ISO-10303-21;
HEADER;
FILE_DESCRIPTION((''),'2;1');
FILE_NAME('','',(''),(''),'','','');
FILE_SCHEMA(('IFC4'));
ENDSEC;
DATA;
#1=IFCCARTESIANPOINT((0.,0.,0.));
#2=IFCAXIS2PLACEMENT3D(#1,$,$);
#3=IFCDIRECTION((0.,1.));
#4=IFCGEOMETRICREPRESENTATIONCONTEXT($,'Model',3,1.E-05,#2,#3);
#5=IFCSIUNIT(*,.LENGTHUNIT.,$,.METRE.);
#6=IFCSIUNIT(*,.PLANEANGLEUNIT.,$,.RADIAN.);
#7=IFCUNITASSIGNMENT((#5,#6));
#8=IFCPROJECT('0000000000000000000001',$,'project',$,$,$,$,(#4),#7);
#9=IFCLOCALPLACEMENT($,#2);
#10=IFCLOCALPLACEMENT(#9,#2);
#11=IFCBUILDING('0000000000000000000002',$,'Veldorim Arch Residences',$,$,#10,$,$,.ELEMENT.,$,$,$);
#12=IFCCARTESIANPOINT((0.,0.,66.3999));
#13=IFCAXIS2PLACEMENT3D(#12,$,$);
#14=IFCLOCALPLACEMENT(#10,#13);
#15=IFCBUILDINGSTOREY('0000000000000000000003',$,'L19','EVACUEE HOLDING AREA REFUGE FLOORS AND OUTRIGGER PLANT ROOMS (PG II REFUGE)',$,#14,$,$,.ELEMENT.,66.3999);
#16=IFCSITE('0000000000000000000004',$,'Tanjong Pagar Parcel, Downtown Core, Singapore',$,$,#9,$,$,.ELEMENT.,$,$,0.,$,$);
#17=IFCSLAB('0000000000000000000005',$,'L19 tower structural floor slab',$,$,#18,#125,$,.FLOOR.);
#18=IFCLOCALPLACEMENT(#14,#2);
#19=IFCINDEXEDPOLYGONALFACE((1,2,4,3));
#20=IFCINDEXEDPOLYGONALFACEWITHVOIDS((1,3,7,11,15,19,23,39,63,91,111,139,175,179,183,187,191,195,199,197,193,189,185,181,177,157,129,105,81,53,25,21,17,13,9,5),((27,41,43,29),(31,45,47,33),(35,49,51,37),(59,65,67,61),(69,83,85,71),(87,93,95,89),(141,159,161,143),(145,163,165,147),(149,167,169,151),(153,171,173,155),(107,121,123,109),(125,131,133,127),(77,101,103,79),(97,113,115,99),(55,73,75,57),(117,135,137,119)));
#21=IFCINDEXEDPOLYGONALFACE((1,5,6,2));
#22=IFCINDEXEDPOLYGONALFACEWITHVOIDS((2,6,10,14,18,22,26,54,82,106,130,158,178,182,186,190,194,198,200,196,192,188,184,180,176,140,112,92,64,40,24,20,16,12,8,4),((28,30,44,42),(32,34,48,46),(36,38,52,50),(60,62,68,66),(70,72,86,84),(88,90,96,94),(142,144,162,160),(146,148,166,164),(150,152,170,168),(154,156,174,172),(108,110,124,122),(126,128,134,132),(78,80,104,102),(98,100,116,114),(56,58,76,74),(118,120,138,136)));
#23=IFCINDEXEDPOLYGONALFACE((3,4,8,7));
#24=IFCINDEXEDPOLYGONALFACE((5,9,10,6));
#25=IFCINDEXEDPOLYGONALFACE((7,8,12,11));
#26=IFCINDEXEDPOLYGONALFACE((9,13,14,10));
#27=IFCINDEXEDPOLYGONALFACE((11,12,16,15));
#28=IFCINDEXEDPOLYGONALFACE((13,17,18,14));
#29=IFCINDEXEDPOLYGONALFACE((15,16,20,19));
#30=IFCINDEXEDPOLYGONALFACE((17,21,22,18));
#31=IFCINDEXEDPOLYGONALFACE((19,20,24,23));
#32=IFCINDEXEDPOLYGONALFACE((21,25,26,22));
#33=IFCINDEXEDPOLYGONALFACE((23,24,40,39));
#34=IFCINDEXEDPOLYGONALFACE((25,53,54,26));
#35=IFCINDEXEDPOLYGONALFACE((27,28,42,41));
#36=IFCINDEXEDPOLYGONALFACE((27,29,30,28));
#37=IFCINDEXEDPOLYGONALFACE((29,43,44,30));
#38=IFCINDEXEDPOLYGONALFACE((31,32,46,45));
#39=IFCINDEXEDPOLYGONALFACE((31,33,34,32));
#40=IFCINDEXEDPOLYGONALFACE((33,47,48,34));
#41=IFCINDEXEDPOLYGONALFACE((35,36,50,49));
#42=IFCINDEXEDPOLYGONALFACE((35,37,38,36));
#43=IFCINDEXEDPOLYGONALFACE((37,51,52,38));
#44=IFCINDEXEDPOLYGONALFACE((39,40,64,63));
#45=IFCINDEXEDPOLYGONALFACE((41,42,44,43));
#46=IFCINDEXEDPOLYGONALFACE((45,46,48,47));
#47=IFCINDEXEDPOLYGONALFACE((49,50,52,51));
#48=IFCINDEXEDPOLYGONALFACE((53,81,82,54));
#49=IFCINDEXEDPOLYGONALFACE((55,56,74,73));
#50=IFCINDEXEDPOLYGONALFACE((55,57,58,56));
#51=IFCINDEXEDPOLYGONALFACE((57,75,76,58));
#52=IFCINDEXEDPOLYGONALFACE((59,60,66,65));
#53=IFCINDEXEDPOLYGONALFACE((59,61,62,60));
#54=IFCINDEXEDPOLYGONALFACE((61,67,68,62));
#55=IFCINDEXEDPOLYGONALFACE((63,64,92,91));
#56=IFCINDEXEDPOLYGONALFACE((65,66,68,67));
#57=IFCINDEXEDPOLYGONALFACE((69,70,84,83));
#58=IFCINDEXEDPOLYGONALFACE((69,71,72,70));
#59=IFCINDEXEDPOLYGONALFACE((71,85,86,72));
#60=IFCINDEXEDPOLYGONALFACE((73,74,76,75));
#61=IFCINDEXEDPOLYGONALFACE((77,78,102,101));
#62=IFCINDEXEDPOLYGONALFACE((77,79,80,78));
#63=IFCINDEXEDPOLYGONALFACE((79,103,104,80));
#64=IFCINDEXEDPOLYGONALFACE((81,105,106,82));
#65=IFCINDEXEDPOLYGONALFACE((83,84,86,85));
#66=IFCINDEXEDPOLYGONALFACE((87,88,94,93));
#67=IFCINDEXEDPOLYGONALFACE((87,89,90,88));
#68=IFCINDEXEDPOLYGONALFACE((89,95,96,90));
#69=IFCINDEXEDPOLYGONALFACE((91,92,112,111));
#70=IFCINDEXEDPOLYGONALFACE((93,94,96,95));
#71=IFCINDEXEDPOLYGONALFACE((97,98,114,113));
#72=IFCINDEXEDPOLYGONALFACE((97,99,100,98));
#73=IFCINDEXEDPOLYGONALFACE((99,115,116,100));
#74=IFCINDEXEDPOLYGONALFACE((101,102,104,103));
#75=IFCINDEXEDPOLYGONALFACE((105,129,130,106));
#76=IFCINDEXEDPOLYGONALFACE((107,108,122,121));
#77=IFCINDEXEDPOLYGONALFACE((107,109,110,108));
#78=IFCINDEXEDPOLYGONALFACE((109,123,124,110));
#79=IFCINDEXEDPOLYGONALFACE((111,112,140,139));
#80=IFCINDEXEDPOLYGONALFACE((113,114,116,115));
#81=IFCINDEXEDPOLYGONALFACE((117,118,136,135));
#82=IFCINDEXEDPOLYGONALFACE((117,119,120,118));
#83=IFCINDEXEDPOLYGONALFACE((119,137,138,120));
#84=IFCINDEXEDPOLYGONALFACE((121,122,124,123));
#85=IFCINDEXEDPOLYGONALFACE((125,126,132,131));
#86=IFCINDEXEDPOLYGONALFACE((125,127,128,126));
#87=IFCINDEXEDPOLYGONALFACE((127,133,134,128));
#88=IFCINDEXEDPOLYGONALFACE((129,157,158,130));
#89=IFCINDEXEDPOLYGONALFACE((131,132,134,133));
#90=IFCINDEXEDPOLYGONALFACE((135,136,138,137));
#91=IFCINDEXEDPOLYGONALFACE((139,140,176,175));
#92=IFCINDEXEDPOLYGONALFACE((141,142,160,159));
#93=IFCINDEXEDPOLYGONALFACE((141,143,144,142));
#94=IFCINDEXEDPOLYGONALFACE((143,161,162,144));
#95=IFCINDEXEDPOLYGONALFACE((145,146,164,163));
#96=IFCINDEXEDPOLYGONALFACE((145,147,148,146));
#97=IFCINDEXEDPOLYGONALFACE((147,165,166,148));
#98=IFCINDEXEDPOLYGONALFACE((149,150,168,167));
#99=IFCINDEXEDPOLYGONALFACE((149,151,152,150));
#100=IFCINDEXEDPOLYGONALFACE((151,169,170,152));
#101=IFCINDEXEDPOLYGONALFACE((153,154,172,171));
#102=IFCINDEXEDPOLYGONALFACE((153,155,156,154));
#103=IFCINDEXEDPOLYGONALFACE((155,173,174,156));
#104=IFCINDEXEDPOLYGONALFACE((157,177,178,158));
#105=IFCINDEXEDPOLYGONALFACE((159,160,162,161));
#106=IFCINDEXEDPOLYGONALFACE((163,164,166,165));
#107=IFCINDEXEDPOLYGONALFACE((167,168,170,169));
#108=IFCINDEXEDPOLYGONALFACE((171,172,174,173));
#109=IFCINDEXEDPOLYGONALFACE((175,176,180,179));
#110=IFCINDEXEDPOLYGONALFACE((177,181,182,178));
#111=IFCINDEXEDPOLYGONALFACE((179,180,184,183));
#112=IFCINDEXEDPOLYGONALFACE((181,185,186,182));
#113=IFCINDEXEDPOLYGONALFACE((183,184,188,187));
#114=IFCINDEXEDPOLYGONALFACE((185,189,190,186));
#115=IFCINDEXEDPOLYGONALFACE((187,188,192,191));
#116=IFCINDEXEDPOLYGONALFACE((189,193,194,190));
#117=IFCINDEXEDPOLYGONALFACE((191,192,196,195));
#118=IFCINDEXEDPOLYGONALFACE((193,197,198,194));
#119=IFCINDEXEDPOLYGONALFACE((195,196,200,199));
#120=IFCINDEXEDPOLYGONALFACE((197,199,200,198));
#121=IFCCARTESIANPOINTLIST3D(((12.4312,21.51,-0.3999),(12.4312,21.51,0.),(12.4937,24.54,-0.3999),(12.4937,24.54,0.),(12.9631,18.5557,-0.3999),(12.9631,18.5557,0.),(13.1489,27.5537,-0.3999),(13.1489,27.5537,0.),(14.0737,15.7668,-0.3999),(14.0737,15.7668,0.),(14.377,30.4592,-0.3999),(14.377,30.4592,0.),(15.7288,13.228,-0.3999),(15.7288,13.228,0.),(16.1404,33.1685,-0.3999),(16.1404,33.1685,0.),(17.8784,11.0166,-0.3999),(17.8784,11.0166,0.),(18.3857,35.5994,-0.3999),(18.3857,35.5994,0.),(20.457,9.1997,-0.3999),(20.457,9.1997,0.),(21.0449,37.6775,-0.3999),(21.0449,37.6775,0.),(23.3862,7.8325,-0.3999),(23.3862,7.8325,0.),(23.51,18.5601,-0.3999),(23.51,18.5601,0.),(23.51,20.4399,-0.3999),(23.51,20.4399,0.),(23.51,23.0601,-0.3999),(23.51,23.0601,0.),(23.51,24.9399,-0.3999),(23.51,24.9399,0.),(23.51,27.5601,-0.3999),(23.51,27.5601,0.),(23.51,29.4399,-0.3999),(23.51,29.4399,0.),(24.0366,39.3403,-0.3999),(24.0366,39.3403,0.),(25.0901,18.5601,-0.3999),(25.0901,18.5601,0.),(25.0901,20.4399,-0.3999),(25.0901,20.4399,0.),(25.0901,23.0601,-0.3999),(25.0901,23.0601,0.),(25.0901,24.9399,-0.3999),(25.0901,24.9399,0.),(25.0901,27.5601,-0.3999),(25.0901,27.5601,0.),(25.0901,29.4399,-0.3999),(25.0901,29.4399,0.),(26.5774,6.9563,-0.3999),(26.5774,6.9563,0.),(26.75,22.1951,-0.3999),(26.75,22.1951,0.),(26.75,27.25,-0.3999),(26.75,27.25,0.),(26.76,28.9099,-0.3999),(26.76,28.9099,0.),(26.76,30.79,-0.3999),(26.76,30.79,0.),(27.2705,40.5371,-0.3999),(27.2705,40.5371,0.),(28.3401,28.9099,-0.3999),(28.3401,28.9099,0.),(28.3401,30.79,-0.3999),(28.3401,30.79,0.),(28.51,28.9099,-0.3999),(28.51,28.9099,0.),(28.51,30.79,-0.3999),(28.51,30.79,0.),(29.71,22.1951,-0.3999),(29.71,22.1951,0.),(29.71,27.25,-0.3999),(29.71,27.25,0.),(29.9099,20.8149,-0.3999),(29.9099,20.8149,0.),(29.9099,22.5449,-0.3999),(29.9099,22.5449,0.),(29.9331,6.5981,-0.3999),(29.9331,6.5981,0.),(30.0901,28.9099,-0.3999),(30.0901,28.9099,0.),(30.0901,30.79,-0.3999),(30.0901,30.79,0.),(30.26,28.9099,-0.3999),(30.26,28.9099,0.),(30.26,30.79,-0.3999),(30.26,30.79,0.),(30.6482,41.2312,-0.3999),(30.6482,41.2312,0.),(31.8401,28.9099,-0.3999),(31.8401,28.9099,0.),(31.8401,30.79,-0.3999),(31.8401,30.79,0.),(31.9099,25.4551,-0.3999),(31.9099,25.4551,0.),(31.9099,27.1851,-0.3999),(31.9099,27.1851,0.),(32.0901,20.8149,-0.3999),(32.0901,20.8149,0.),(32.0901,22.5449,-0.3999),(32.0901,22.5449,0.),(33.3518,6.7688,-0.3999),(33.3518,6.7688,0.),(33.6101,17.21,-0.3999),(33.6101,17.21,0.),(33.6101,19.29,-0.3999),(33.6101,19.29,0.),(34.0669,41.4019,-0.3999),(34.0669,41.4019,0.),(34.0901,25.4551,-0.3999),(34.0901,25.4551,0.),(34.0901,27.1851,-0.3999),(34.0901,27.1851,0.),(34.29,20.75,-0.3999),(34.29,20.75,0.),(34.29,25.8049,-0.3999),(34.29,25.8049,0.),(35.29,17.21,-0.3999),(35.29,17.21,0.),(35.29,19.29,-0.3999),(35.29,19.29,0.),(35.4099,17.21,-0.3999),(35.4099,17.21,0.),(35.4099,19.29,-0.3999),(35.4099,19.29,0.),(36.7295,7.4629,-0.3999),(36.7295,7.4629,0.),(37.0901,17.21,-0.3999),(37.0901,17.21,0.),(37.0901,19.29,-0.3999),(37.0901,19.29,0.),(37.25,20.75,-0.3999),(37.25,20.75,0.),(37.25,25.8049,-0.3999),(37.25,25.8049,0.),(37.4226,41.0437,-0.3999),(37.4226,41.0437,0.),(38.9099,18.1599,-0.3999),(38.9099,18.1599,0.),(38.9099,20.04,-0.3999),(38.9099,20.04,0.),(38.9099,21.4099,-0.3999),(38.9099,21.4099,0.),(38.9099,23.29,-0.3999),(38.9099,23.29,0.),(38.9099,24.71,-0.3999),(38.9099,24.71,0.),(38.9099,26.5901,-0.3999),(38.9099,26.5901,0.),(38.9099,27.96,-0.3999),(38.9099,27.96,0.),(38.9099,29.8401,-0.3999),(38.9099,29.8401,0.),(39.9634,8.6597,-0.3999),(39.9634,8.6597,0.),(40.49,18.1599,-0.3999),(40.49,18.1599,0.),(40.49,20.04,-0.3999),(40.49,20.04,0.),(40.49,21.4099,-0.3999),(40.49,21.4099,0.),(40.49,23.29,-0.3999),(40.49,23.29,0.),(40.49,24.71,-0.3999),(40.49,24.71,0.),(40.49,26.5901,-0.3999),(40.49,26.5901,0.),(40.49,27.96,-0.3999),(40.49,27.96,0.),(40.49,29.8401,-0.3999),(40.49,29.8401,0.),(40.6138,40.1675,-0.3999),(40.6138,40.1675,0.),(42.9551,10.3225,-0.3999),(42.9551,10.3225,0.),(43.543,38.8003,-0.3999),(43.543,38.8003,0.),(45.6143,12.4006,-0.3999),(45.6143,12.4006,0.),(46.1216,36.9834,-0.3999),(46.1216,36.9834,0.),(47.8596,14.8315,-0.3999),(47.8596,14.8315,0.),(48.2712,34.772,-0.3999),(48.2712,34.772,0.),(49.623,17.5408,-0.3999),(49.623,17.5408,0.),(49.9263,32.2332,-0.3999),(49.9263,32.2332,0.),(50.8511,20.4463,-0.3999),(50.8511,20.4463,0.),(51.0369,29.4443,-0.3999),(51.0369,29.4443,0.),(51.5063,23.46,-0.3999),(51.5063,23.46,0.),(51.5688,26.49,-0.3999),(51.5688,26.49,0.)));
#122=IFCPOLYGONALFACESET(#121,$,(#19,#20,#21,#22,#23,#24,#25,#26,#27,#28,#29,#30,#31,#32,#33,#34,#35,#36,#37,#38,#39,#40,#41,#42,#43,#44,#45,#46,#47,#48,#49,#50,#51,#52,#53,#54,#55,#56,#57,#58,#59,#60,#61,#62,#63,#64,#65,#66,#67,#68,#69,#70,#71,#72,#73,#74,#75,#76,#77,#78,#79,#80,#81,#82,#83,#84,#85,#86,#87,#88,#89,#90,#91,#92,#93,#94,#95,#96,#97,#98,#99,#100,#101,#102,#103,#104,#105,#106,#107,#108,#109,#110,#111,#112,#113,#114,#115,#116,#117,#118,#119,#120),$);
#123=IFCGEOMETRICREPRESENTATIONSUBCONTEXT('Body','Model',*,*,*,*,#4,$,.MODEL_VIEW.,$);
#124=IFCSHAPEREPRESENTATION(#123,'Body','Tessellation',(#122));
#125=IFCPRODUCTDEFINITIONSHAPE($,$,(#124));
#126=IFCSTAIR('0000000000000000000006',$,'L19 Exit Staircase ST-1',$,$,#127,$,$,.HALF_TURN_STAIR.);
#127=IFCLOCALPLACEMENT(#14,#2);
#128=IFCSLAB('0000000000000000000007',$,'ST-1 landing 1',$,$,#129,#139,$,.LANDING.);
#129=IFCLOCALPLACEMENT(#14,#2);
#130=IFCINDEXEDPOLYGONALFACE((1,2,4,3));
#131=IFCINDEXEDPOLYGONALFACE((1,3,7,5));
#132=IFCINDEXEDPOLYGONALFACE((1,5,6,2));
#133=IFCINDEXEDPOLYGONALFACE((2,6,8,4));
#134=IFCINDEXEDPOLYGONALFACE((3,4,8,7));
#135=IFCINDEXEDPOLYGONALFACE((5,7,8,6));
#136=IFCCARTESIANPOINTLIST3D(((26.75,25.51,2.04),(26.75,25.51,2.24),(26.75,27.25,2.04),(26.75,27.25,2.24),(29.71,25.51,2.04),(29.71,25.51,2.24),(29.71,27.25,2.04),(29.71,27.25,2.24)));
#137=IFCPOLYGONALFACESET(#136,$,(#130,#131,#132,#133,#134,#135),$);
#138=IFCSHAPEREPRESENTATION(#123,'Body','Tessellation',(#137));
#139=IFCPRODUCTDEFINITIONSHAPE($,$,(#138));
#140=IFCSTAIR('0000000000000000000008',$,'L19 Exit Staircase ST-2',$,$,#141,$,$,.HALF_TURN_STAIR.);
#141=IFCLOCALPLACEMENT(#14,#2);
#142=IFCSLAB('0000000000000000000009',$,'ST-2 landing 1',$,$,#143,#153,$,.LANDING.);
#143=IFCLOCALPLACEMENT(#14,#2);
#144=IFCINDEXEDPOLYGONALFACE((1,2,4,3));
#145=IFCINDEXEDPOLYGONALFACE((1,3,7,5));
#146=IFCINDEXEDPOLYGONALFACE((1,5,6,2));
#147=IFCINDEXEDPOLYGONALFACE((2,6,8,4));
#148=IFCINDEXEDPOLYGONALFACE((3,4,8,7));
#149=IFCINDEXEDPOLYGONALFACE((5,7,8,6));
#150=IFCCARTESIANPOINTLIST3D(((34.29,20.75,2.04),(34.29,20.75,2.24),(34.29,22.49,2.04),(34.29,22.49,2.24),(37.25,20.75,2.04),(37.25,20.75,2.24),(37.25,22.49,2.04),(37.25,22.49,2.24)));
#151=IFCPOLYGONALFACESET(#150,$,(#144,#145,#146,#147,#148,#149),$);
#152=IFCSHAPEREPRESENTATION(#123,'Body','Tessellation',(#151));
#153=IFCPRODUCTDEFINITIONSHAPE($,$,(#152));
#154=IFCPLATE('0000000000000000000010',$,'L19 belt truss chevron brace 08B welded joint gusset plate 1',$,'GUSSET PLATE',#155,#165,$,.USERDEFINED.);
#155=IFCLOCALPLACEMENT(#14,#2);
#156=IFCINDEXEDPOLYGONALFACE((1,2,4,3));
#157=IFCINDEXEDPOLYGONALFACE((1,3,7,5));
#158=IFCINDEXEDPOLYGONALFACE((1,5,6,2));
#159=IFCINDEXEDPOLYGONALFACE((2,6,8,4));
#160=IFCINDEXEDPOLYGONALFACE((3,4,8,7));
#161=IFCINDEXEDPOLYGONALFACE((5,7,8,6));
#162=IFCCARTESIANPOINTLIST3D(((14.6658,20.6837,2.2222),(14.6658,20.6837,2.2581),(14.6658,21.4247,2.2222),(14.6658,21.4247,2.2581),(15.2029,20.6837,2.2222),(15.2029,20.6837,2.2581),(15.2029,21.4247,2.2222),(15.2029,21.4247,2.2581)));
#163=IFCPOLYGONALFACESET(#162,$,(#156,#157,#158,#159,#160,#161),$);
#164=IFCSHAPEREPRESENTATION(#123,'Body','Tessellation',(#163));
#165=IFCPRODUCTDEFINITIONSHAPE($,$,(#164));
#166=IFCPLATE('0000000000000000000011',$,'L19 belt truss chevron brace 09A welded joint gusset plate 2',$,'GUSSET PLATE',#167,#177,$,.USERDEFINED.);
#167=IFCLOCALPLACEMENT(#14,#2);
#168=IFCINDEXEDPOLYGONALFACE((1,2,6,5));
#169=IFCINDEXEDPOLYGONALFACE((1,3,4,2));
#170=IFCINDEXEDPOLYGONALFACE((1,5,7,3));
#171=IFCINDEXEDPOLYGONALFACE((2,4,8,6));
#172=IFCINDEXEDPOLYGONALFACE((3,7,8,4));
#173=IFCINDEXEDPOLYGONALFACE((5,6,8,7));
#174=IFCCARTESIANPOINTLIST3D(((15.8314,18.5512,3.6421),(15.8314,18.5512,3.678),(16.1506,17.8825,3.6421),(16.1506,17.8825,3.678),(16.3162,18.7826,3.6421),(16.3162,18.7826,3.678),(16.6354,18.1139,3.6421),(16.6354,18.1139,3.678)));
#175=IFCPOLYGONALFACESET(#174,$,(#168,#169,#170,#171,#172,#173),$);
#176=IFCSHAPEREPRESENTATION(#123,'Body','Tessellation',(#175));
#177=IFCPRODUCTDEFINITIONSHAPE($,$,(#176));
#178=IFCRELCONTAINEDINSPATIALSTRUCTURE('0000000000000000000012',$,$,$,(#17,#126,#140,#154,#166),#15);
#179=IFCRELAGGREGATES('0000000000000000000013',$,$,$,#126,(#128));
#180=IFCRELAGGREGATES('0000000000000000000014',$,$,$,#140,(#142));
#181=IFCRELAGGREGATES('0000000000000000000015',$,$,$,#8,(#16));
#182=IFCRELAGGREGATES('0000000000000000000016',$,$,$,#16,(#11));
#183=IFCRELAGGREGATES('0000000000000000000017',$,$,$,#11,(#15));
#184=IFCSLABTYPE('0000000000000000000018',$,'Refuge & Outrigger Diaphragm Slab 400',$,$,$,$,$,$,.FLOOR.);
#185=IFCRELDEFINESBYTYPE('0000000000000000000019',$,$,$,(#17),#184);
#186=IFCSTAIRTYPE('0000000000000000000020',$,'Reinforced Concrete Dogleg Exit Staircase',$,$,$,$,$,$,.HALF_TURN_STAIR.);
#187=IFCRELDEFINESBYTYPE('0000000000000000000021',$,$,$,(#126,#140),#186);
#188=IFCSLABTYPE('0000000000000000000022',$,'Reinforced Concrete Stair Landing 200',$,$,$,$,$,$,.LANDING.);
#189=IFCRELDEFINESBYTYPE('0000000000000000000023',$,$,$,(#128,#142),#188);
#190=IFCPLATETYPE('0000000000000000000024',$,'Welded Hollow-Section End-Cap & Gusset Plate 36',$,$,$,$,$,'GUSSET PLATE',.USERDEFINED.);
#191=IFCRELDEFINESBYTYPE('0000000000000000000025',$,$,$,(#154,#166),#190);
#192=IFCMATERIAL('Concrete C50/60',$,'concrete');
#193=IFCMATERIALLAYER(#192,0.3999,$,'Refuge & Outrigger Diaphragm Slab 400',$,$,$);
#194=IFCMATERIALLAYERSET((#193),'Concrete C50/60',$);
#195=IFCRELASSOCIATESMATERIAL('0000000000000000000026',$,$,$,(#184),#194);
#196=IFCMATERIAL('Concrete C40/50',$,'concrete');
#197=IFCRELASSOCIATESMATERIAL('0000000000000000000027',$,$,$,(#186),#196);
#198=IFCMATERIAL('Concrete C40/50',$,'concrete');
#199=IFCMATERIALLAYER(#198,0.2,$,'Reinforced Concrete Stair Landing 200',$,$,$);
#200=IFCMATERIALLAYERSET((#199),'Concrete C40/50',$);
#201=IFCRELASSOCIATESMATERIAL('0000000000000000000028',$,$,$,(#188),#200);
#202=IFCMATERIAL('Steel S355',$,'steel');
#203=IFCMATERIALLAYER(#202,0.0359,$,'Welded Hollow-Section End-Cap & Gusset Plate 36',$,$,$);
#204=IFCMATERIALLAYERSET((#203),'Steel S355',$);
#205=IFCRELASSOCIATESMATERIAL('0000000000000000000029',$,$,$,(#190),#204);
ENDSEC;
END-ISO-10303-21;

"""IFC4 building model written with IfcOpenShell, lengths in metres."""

from ifc_helpers import new_model, si_unit, direction, frame, origin, origin_2d, place, context, subcontext, project, spatial, polyline, rectangle, outline, extrude, material, layer, layer_set, type_object, element, aggregate, save


model = new_model("IFC4")

# Units and contexts
model_context = context("Model", 3, precision=1e-05, world=origin(), true_north=direction((0.0, 1.0)))
body_context = subcontext(model_context, "Body", "Model", "MODEL_VIEW")
ifc_project = project(units=[si_unit("LENGTHUNIT", "METRE"), si_unit("PLANEANGLEUNIT", "RADIAN")], contexts=[model_context])

# Site, building, storey
site_placement = place(None, origin())
site = spatial("IfcSite", under=ifc_project, at=site_placement, Name="Tanjong Pagar Parcel, Downtown Core, Singapore", CompositionType="ELEMENT", RefElevation=0.0)
building_placement = place(site_placement, origin())
building = spatial("IfcBuilding", under=site, at=building_placement, Name="Veldorim Arch Residences", CompositionType="ELEMENT")
storey_placement = place(building_placement, frame((0.0, 0.0, 66.3999)))
storey = spatial("IfcBuildingStorey", under=building, at=storey_placement, Name="L19", Description="EVACUEE HOLDING AREA REFUGE FLOORS AND OUTRIGGER PLANT ROOMS (PG II REFUGE)", CompositionType="ELEMENT", Elevation=66.3999)

# Slab
ifc_material_1 = material(Name="Concrete C50/60", Category="concrete")
ifc_layer_1 = layer(ifc_material_1, 0.3999, Name="Refuge & Outrigger Diaphragm Slab 400")
ifc_layer_set_1 = layer_set([ifc_layer_1], Name="Concrete C50/60")
slab_type_1 = type_object("IfcSlabType", Name="Refuge & Outrigger Diaphragm Slab 400", PredefinedType="FLOOR", material=ifc_layer_set_1)
slab_1_placement = place(storey_placement, frame((0.0, 0.0, -0.3999)))
element("IfcSlab", 1, at=slab_1_placement, inside=storey, type_object=slab_type_1, Name="L19 tower structural floor slab", PredefinedType="FLOOR", context=body_context, shape_type="SweptSolid", body=[
    extrude(outline(polyline([(51.0369, 29.4443), (49.9263, 32.2332), (48.2712, 34.772), (46.1216, 36.9834), (43.543, 38.8003), (40.6138, 40.1675), (37.4226, 41.0437), (34.0669, 41.4019), (30.6482, 41.2312), (27.2705, 40.5371), (24.0366, 39.3403), (21.0449, 37.6775), (18.3857, 35.5994), (16.1404, 33.1685), (14.377, 30.4592), (13.1489, 27.5537), (12.4937, 24.54), (12.4312, 21.51), (12.9631, 18.5557), (14.0737, 15.7668), (15.7288, 13.228), (17.8784, 11.0166), (20.457, 9.1997), (23.3862, 7.8325), (26.5774, 6.9563), (29.9331, 6.5981), (33.3518, 6.7688), (36.7295, 7.4629), (39.9634, 8.6597), (42.9551, 10.3225), (45.6143, 12.4006), (47.8596, 14.8315), (49.623, 17.5408), (50.8511, 20.4463), (51.5063, 23.46), (51.5688, 26.49), (51.0369, 29.4443)]), holes=[polyline([(23.51, 20.4399), (25.0901, 20.4399), (25.0901, 18.5601), (23.51, 18.5601), (23.51, 20.4399)]), polyline([(29.9099, 22.5449), (32.0901, 22.5449), (32.0901, 20.8149), (29.9099, 20.8149), (29.9099, 22.5449)]), polyline([(23.51, 24.9399), (25.0901, 24.9399), (25.0901, 23.0601), (23.51, 23.0601), (23.51, 24.9399)]), polyline([(26.75, 27.25), (29.71, 27.25), (29.71, 22.1951), (26.75, 22.1951), (26.75, 27.25)]), polyline([(23.51, 29.4399), (25.0901, 29.4399), (25.0901, 27.5601), (23.51, 27.5601), (23.51, 29.4399)]), polyline([(26.76, 30.79), (28.3401, 30.79), (28.3401, 28.9099), (26.76, 28.9099), (26.76, 30.79)]), polyline([(28.51, 30.79), (30.0901, 30.79), (30.0901, 28.9099), (28.51, 28.9099), (28.51, 30.79)]), polyline([(30.26, 30.79), (31.8401, 30.79), (31.8401, 28.9099), (30.26, 28.9099), (30.26, 30.79)]), polyline([(33.6101, 19.29), (35.29, 19.29), (35.29, 17.21), (33.6101, 17.21), (33.6101, 19.29)]), polyline([(35.4099, 19.29), (37.0901, 19.29), (37.0901, 17.21), (35.4099, 17.21), (35.4099, 19.29)]), polyline([(38.9099, 20.04), (40.49, 20.04), (40.49, 18.1599), (38.9099, 18.1599), (38.9099, 20.04)]), polyline([(38.9099, 23.29), (40.49, 23.29), (40.49, 21.4099), (38.9099, 21.4099), (38.9099, 23.29)]), polyline([(34.29, 25.8049), (37.25, 25.8049), (37.25, 20.75), (34.29, 20.75), (34.29, 25.8049)]), polyline([(38.9099, 26.5901), (40.49, 26.5901), (40.49, 24.71), (38.9099, 24.71), (38.9099, 26.5901)]), polyline([(31.9099, 27.1851), (34.0901, 27.1851), (34.0901, 25.4551), (31.9099, 25.4551), (31.9099, 27.1851)]), polyline([(38.9099, 29.8401), (40.49, 29.8401), (40.49, 27.96), (38.9099, 27.96), (38.9099, 29.8401)])]), origin(), (0.0, 0.0, 1.0), 0.3999),
])

# Stairs, slabs
ifc_material_2 = material(Name="Concrete C40/50", Category="concrete")
stair_type = type_object("IfcStairType", Name="Reinforced Concrete Dogleg Exit Staircase", PredefinedType="HALF_TURN_STAIR", material=ifc_material_2)
stair_1_placement = place(storey_placement, origin())
stair_1 = element("IfcStair", 2, at=stair_1_placement, inside=storey, type_object=stair_type, Name="L19 Exit Staircase ST-1", PredefinedType="HALF_TURN_STAIR")
ifc_material_3 = material(Name="Concrete C40/50", Category="concrete")
ifc_layer_2 = layer(ifc_material_3, 0.2, Name="Reinforced Concrete Stair Landing 200")
ifc_layer_set_2 = layer_set([ifc_layer_2], Name="Concrete C40/50")
slab_type_2 = type_object("IfcSlabType", Name="Reinforced Concrete Stair Landing 200", PredefinedType="LANDING", material=ifc_layer_set_2)
slab_2_placement = place(storey_placement, frame((0.0, 0.0, 2.04)))
slab_2 = element("IfcSlab", 3, at=slab_2_placement, type_object=slab_type_2, Name="ST-1 landing 1", PredefinedType="LANDING", context=body_context, shape_type="SweptSolid", body=[
    extrude(outline(polyline([(29.71, 25.51), (29.71, 27.25), (26.75, 27.25), (26.75, 25.51), (29.71, 25.51)])), origin(), (0.0, 0.0, 1.0), 0.2),
])
aggregate(stair_1, [slab_2])
stair_2_placement = place(storey_placement, origin())
stair_2 = element("IfcStair", 4, at=stair_2_placement, inside=storey, type_object=stair_type, Name="L19 Exit Staircase ST-2", PredefinedType="HALF_TURN_STAIR")
slab_3_placement = place(storey_placement, frame((0.0, 0.0, 2.04)))
slab_3 = element("IfcSlab", 5, at=slab_3_placement, type_object=slab_type_2, Name="ST-2 landing 1", PredefinedType="LANDING", context=body_context, shape_type="SweptSolid", body=[
    extrude(outline(polyline([(34.29, 22.49), (34.29, 20.75), (37.25, 20.75), (37.25, 22.49), (34.29, 22.49)])), origin(), (0.0, 0.0, 1.0), 0.2),
])
aggregate(stair_2, [slab_3])

# Plates
ifc_material_4 = material(Name="Steel S355", Category="steel")
ifc_layer_3 = layer(ifc_material_4, 0.0359, Name="Welded Hollow-Section End-Cap & Gusset Plate 36")
ifc_layer_set_3 = layer_set([ifc_layer_3], Name="Steel S355")
plate_type = type_object("IfcPlateType", Name="Welded Hollow-Section End-Cap & Gusset Plate 36", ElementType="GUSSET PLATE", PredefinedType="USERDEFINED", material=ifc_layer_set_3)
for number, where, z_axis, x_axis, name in (
    (6, (14.9343, 21.0542, 2.2222), (0.0, 0.0, 1.0), (0.0, 1.0, 0.0), "L19 belt truss chevron brace 08B welded joint gusset plate 1"),
    (7, (16.2334, 18.3325, 3.6421), (0.0, 0.0, 1.0), (0.430779, -0.902458, 0.0), "L19 belt truss chevron brace 09A welded joint gusset plate 2"),
):
    element("IfcPlate", number, at=place(storey_placement, frame(where, z_axis=z_axis, x_axis=x_axis)), inside=storey, type_object=plate_type, Name=name, ObjectType="GUSSET PLATE", PredefinedType="USERDEFINED", context=body_context, shape_type="SweptSolid", body=[
        extrude(rectangle(XDim=0.741, YDim=0.5371, at=origin_2d()), origin(), (0.0, 0.0, 1.0), 0.0359),
    ])

save(model, "model.ifc")
